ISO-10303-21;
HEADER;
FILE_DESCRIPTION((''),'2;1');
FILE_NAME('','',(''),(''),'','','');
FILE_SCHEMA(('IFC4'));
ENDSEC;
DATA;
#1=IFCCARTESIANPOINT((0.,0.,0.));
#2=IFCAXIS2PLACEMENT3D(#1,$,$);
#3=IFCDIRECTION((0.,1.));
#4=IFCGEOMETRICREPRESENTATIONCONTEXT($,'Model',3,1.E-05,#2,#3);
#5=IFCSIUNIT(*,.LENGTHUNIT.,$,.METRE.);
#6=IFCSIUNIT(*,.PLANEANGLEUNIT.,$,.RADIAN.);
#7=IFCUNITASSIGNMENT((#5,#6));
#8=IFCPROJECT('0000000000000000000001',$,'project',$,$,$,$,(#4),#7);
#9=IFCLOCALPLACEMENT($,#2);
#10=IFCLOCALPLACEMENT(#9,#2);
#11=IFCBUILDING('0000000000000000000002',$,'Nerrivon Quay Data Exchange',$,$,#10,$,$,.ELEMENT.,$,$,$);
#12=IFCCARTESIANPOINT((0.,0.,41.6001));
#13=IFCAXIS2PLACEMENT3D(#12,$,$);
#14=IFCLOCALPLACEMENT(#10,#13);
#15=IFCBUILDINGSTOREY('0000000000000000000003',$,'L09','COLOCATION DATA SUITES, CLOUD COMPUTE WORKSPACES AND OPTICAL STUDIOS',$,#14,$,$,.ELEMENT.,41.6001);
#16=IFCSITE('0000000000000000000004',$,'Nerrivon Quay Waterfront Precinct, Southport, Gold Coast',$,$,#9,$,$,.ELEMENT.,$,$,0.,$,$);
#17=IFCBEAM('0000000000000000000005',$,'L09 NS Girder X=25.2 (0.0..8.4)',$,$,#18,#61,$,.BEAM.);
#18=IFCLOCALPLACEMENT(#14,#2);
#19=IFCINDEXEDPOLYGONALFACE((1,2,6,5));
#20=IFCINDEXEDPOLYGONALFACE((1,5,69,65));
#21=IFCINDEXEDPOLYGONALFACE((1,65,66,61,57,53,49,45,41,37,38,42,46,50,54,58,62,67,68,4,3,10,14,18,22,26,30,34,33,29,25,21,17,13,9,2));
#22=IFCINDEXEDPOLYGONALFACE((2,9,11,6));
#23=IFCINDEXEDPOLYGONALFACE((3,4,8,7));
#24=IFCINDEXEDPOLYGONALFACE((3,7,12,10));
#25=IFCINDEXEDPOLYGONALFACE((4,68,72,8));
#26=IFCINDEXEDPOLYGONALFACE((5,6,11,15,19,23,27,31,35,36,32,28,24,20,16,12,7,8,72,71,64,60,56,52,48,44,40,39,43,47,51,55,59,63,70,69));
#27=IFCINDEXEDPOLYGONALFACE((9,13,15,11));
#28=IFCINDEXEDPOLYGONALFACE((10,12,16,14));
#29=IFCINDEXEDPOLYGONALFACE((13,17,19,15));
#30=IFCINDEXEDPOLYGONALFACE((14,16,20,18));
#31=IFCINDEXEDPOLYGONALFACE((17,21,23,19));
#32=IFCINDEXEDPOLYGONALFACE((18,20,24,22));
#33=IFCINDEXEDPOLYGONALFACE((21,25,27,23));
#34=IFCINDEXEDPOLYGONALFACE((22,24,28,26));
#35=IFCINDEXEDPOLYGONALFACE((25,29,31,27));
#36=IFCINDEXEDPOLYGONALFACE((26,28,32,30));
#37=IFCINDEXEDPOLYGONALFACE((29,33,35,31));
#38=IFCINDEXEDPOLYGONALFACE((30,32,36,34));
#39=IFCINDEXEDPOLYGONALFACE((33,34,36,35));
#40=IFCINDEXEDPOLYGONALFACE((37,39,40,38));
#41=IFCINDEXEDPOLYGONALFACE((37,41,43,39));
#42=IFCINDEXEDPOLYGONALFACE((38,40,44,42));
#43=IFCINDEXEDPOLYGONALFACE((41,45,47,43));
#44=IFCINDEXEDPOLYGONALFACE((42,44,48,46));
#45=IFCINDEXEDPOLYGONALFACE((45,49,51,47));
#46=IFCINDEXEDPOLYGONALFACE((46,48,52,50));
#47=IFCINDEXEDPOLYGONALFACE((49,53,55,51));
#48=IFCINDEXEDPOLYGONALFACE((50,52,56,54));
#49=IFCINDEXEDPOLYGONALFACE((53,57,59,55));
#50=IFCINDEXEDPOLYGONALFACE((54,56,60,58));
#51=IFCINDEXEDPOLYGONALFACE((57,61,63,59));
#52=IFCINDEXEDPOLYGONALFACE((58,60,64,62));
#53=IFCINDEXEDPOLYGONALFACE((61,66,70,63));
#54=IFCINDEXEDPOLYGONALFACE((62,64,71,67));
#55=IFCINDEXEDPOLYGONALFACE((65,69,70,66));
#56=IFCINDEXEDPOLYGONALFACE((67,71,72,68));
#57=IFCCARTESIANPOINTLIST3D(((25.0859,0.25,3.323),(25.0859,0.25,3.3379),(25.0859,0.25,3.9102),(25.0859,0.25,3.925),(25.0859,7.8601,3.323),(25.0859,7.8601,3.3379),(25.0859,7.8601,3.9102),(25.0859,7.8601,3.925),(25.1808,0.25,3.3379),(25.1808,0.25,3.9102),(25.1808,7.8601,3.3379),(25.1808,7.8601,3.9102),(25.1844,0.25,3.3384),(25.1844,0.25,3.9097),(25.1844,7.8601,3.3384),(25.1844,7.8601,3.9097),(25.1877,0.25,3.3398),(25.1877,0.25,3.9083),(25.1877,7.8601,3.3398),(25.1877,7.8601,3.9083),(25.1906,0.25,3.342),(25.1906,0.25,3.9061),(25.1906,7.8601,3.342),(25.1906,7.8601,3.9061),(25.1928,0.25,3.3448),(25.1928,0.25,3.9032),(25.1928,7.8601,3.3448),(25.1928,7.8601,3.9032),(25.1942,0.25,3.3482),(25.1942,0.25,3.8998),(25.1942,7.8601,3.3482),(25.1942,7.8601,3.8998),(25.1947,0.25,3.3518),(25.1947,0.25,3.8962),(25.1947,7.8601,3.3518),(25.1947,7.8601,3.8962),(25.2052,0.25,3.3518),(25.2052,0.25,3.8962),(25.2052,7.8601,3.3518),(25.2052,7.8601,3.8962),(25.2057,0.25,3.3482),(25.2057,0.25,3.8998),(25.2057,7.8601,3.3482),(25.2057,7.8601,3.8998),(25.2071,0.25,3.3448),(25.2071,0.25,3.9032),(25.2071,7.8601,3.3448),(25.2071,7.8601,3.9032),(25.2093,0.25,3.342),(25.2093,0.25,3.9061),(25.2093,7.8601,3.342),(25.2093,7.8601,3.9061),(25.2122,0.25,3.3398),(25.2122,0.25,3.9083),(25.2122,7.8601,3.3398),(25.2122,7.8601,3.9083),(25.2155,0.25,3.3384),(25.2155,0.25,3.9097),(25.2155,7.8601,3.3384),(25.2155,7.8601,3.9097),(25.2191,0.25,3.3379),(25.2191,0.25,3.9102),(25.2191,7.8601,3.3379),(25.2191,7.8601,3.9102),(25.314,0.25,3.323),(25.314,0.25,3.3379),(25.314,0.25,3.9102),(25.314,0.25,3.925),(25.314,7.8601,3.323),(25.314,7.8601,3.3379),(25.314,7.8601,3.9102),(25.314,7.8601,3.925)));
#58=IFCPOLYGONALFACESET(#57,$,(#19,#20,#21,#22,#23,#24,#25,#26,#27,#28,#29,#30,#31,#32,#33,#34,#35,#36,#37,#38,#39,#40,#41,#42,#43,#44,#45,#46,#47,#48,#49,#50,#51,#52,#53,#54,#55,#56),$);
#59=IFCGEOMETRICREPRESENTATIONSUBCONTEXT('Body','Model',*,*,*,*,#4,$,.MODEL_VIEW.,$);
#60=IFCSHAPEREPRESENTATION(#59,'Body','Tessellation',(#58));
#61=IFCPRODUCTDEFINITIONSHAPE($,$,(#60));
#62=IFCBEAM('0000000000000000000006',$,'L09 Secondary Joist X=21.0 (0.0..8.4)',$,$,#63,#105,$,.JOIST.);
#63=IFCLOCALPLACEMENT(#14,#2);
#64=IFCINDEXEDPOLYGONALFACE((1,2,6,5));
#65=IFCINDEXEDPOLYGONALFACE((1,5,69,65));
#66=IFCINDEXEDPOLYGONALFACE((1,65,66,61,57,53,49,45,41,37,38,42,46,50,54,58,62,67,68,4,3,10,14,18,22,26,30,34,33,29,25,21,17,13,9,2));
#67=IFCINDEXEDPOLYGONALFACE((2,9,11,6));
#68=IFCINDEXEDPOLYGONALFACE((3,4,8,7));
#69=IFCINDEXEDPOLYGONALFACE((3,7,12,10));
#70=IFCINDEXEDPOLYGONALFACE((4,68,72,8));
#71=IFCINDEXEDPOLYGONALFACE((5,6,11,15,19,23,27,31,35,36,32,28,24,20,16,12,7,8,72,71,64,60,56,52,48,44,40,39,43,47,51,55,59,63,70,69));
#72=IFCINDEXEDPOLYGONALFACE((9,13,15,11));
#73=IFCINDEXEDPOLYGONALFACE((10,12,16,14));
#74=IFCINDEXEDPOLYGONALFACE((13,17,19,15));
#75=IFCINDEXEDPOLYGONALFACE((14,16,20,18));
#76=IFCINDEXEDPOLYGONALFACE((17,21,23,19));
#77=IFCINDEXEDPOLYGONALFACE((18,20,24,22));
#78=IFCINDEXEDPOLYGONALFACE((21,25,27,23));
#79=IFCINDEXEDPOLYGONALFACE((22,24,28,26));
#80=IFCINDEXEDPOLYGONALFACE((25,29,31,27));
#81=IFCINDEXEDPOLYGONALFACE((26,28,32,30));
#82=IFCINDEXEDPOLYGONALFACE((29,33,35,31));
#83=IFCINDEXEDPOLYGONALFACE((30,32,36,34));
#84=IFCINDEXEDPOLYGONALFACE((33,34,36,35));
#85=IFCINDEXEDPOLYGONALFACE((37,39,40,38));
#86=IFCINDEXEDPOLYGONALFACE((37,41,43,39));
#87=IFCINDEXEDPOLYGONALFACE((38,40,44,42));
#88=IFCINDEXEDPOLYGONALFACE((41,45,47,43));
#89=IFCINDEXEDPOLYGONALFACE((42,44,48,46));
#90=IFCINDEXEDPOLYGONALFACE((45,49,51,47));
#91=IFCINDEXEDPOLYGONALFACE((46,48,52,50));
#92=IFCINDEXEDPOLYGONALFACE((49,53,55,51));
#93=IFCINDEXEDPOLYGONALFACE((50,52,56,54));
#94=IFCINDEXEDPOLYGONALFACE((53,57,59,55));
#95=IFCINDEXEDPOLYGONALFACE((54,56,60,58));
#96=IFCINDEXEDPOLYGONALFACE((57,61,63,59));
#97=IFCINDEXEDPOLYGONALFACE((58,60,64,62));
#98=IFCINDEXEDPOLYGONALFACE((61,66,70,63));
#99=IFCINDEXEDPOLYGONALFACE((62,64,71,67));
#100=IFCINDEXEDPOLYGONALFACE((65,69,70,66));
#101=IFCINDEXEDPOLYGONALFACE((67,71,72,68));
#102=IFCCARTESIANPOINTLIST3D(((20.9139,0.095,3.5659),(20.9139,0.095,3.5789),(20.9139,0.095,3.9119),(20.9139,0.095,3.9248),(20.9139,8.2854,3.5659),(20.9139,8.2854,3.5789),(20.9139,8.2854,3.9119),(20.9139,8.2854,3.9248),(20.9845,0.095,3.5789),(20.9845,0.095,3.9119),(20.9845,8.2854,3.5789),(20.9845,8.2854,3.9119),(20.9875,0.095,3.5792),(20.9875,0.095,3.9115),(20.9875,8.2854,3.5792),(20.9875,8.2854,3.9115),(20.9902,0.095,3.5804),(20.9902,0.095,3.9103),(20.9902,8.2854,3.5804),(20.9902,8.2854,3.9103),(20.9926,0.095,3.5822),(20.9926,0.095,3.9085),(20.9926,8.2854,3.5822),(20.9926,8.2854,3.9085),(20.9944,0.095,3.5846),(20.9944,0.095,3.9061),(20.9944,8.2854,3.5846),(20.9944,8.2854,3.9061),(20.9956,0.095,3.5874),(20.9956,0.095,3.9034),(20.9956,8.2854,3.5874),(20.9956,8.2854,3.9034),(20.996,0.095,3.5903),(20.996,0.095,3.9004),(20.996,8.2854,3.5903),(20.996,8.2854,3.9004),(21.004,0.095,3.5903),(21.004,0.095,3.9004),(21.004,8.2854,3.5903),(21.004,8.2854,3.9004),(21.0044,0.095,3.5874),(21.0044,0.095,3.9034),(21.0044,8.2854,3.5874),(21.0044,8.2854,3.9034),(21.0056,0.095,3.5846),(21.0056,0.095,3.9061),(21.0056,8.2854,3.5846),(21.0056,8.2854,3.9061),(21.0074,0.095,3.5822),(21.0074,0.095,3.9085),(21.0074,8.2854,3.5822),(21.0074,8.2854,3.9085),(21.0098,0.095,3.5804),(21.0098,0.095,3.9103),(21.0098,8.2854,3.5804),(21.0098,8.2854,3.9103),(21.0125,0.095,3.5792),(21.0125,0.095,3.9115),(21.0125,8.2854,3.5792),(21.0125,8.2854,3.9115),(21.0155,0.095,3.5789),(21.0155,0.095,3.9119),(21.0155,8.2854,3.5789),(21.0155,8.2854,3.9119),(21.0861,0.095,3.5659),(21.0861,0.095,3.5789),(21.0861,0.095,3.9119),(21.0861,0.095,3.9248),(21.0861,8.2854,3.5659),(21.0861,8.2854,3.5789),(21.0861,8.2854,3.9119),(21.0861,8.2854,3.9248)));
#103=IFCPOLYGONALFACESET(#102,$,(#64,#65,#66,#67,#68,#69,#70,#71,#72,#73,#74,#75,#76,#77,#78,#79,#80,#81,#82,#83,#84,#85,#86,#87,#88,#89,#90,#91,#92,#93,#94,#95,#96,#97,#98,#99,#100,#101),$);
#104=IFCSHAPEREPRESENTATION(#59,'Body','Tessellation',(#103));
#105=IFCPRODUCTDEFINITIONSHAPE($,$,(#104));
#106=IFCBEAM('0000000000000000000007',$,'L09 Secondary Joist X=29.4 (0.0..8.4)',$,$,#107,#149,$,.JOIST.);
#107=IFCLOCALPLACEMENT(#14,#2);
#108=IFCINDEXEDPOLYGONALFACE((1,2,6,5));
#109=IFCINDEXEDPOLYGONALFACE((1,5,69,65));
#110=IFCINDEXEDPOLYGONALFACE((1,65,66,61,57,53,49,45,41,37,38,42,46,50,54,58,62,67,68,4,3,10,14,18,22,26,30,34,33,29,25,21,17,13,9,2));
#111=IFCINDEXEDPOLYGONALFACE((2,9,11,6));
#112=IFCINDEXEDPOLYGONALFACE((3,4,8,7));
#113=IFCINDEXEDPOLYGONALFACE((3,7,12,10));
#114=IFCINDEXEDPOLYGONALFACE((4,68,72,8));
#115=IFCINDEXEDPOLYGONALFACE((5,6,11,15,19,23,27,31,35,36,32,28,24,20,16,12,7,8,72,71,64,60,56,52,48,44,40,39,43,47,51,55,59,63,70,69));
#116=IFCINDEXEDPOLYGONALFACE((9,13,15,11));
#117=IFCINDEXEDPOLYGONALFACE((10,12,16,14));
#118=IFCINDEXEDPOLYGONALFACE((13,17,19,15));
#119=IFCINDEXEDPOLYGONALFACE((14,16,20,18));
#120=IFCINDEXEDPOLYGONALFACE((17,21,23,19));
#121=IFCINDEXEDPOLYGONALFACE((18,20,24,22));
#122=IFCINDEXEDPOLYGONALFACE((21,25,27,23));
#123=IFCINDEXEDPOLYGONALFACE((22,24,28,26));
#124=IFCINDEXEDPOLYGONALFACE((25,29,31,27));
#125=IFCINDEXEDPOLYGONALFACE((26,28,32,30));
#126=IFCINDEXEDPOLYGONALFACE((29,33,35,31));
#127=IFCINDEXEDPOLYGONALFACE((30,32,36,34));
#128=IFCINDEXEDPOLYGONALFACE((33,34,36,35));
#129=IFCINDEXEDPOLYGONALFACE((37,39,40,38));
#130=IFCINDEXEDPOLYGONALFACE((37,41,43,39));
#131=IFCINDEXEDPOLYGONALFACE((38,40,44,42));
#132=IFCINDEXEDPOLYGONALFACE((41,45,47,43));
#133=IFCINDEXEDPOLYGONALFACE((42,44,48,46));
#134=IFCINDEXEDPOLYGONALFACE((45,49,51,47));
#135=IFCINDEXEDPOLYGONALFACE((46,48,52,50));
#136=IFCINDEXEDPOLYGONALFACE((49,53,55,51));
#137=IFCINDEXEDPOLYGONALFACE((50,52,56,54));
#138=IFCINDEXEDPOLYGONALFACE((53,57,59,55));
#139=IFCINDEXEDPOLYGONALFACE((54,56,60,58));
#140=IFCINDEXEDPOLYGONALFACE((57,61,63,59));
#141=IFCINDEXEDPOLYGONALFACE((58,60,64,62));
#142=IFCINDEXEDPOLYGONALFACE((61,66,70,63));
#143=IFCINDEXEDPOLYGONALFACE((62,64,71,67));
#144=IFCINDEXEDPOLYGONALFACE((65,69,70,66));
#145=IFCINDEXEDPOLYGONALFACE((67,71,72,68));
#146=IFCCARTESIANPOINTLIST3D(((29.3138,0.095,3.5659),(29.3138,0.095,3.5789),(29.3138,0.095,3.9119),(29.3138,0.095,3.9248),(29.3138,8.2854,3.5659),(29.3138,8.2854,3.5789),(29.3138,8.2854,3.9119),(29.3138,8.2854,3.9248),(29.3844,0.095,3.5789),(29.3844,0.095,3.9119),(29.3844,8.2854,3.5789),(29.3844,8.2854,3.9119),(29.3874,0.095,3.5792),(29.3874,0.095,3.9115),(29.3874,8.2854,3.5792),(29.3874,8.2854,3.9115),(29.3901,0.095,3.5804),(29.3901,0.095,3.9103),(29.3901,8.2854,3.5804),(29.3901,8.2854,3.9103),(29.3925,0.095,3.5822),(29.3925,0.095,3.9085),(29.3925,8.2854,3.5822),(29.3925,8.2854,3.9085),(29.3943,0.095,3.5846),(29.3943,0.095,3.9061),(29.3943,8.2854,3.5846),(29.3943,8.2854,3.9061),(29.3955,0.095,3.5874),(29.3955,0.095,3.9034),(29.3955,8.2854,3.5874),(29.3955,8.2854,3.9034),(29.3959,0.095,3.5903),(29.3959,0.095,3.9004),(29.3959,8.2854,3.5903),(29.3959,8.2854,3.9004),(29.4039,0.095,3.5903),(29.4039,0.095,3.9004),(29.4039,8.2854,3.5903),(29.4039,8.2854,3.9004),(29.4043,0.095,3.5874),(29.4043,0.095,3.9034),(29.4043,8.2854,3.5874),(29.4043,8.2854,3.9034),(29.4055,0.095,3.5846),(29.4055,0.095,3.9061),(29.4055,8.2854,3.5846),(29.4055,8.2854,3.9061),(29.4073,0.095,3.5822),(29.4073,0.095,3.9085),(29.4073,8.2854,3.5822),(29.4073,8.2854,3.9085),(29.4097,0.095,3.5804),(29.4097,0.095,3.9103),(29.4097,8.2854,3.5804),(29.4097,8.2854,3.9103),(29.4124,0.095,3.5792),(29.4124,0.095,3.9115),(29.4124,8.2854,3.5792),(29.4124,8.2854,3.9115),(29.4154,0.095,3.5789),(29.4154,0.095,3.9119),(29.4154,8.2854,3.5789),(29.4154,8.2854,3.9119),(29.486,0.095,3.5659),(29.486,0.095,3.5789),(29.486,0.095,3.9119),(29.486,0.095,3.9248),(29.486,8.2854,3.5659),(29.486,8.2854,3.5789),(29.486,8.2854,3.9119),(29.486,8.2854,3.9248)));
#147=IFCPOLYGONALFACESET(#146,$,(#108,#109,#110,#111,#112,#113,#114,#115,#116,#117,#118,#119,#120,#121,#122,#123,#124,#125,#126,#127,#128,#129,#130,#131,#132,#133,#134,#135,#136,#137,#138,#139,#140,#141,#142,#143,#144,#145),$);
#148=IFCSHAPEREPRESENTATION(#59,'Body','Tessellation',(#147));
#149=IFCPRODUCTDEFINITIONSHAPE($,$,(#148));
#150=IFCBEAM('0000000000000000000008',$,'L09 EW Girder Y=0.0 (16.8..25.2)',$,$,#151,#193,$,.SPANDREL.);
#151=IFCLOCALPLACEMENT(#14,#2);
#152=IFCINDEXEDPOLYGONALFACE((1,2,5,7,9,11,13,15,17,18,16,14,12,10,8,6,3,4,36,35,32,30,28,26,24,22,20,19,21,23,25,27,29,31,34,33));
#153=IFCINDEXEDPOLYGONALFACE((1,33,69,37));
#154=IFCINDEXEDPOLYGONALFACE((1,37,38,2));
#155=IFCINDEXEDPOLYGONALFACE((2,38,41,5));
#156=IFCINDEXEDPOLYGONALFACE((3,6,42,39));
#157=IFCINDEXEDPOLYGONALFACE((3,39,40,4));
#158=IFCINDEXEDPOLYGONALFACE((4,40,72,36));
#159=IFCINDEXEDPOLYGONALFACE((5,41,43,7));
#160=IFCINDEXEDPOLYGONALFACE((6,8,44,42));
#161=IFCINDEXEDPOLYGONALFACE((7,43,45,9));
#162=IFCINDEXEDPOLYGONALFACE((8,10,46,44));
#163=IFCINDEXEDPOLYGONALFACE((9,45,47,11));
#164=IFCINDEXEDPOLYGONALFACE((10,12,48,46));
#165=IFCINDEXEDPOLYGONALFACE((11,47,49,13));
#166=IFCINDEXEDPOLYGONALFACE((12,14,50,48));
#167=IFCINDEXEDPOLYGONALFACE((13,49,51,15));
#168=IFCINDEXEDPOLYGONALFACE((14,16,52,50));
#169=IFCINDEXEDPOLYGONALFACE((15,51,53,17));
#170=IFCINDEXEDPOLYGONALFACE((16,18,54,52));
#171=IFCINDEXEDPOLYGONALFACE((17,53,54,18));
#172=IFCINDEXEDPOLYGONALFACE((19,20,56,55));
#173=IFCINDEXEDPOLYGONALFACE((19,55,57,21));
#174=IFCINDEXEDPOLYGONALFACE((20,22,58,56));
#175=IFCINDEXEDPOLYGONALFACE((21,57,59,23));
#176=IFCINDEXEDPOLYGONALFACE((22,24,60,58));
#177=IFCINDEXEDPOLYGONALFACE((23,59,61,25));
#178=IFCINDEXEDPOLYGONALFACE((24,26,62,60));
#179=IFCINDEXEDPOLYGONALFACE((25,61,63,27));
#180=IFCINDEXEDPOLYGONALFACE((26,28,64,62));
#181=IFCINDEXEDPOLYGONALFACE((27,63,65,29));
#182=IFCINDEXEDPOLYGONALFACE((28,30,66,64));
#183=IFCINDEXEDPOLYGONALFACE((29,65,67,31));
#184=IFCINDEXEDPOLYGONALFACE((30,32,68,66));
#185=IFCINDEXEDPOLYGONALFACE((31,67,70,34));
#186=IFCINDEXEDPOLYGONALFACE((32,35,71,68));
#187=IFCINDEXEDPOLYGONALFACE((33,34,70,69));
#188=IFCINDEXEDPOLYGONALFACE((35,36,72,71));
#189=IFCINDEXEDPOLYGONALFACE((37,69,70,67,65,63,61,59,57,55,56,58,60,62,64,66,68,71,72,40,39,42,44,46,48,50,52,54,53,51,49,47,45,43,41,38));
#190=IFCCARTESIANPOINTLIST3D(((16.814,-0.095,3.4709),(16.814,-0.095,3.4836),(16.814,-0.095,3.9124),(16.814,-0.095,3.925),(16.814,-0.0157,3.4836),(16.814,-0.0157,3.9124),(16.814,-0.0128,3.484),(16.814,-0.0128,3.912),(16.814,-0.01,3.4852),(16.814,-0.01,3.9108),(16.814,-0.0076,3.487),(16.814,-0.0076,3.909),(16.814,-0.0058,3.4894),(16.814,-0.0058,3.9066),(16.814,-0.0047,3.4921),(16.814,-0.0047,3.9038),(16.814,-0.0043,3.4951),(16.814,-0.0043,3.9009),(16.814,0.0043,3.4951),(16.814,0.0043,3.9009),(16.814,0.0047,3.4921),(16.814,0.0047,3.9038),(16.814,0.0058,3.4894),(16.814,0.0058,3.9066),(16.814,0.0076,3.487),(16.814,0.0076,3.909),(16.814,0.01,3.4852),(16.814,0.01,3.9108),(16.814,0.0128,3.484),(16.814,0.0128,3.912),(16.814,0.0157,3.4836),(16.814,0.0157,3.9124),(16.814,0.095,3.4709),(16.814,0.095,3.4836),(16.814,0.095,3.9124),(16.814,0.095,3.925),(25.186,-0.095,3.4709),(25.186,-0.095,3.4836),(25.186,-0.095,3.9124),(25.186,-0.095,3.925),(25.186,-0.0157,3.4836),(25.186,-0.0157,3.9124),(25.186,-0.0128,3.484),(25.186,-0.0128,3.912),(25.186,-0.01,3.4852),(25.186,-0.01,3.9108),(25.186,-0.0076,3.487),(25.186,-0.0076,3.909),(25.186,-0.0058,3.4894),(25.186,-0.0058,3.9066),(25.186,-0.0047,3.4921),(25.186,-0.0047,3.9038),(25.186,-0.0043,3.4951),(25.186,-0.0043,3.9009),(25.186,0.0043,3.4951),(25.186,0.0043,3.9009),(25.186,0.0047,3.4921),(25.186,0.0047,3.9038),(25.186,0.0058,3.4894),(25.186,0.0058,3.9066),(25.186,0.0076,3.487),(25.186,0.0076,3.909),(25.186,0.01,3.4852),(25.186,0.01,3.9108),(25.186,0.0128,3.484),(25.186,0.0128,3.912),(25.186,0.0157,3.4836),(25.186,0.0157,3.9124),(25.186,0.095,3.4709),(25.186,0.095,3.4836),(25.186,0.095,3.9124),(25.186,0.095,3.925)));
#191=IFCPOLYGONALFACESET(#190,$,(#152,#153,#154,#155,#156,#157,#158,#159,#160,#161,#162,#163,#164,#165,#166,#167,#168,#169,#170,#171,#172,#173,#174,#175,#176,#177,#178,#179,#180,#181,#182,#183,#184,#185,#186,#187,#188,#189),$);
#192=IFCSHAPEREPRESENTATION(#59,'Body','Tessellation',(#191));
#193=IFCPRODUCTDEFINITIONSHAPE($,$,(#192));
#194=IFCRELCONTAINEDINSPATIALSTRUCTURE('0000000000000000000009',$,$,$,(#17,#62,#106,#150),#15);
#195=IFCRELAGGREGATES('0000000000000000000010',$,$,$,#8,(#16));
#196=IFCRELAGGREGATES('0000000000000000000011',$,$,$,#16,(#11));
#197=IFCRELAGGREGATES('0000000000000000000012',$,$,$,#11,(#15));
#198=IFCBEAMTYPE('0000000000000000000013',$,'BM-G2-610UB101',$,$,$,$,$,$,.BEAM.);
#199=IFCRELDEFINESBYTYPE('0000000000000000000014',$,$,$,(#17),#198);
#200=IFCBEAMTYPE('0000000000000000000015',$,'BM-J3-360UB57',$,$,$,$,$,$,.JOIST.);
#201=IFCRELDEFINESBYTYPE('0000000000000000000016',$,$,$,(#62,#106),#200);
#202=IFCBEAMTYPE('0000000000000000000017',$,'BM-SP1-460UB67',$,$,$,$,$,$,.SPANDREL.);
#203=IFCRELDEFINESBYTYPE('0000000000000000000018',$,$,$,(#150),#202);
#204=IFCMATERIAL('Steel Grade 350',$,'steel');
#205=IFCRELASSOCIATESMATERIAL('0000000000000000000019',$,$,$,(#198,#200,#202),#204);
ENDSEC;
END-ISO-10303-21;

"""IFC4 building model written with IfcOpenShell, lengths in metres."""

from ifc_helpers import new_model, si_unit, direction, frame, origin, origin_2d, place, context, subcontext, project, spatial, i_section, extrude, material, material_profile, profile_set, type_object, element, save


model = new_model("IFC4")

# Units and contexts
model_context = context("Model", 3, precision=1e-05, world=origin(), true_north=direction((0.0, 1.0)))
body_context = subcontext(model_context, "Body", "Model", "MODEL_VIEW")
ifc_project = project(units=[si_unit("LENGTHUNIT", "METRE"), si_unit("PLANEANGLEUNIT", "RADIAN")], contexts=[model_context])

# Site, building, storey
site_placement = place(None, origin())
site = spatial("IfcSite", under=ifc_project, at=site_placement, Name="Nerrivon Quay Waterfront Precinct, Southport, Gold Coast", CompositionType="ELEMENT", RefElevation=0.0)
building_placement = place(site_placement, origin())
building = spatial("IfcBuilding", under=site, at=building_placement, Name="Nerrivon Quay Data Exchange", CompositionType="ELEMENT")
storey_placement = place(building_placement, frame((0.0, 0.0, 41.6001)))
storey = spatial("IfcBuildingStorey", under=building, at=storey_placement, Name="L09", Description="COLOCATION DATA SUITES, CLOUD COMPUTE WORKSPACES AND OPTICAL STUDIOS", CompositionType="ELEMENT", Elevation=41.6001)

# Shared definitions
ifc_material_1 = material(Name="Steel Grade 350", Category="steel")

# Beams
ifc_material_profile_1 = material_profile(ifc_material_1, i_section(OverallWidth=0.228, OverallDepth=0.6021, WebThickness=0.0105, FlangeThickness=0.0149, FilletRadius=0.0139, at=origin_2d()), Name="610UB101")
ifc_profile_set_1 = profile_set([ifc_material_profile_1], Name="Steel Grade 350")
beam_type_1 = type_object("IfcBeamType", Name="BM-G2-610UB101", PredefinedType="BEAM", material=ifc_profile_set_1)
beam_1_placement = place(storey_placement, frame((25.2, 0.25, 3.624), z_axis=(0.0, 1.0, 0.0), x_axis=(-1.0, 0.0, 0.0)))
element("IfcBeam", 1, at=beam_1_placement, inside=storey, type_object=beam_type_1, Name="L09 NS Girder X=25.2 (0.0..8.4)", PredefinedType="BEAM", context=body_context, shape_type="SweptSolid", body=[
    extrude(i_section(OverallWidth=0.228, OverallDepth=0.6021, WebThickness=0.0105, FlangeThickness=0.0149, FilletRadius=0.0139, at=origin_2d()), origin(), (0.0, 0.0, 1.0), 7.6101),
])
ifc_material_profile_2 = material_profile(ifc_material_1, i_section(OverallWidth=0.1721, OverallDepth=0.3589, WebThickness=0.0081, FlangeThickness=0.0129, FilletRadius=0.0115, at=origin_2d()), Name="360UB56.7")
ifc_profile_set_2 = profile_set([ifc_material_profile_2], Name="Steel Grade 350")
beam_type_2 = type_object("IfcBeamType", Name="BM-J3-360UB57", PredefinedType="JOIST", material=ifc_profile_set_2)
for number, where, z_axis, x_axis, name in (
    (2, (21.0, 0.095, 3.7454), (0.0, 1.0, 0.0), (-1.0, 0.0, 0.0), "L09 Secondary Joist X=21.0 (0.0..8.4)"),
    (3, (29.3999, 0.095, 3.7454), (0.0, 1.0, 0.0), (-1.0, 0.0, 0.0), "L09 Secondary Joist X=29.4 (0.0..8.4)"),
):
    element("IfcBeam", number, at=place(storey_placement, frame(where, z_axis=z_axis, x_axis=x_axis)), inside=storey, type_object=beam_type_2, Name=name, PredefinedType="JOIST", context=body_context, shape_type="SweptSolid", body=[
        extrude(i_section(OverallWidth=0.1721, OverallDepth=0.3589, WebThickness=0.0081, FlangeThickness=0.0129, FilletRadius=0.0115, at=origin_2d()), origin(), (0.0, 0.0, 1.0), 8.1904),
    ])
ifc_material_profile_3 = material_profile(ifc_material_1, i_section(OverallWidth=0.1899, OverallDepth=0.4541, WebThickness=0.0085, FlangeThickness=0.0127, FilletRadius=0.0115, at=origin_2d()), Name="460UB67.1")
ifc_profile_set_3 = profile_set([ifc_material_profile_3], Name="Steel Grade 350")
beam_type_3 = type_object("IfcBeamType", Name="BM-SP1-460UB67", PredefinedType="SPANDREL", material=ifc_profile_set_3)
beam_2_placement = place(storey_placement, frame((16.814, 0.0, 3.698), z_axis=(1.0, 0.0, 0.0), x_axis=(0.0, 1.0, 0.0)))
element("IfcBeam", 4, at=beam_2_placement, inside=storey, type_object=beam_type_3, Name="L09 EW Girder Y=0.0 (16.8..25.2)", PredefinedType="SPANDREL", context=body_context, shape_type="SweptSolid", body=[
    extrude(i_section(OverallWidth=0.1899, OverallDepth=0.4541, WebThickness=0.0085, FlangeThickness=0.0127, FilletRadius=0.0115, at=origin_2d()), origin(), (0.0, 0.0, 1.0), 8.3721),
])

save(model, "model.ifc")
